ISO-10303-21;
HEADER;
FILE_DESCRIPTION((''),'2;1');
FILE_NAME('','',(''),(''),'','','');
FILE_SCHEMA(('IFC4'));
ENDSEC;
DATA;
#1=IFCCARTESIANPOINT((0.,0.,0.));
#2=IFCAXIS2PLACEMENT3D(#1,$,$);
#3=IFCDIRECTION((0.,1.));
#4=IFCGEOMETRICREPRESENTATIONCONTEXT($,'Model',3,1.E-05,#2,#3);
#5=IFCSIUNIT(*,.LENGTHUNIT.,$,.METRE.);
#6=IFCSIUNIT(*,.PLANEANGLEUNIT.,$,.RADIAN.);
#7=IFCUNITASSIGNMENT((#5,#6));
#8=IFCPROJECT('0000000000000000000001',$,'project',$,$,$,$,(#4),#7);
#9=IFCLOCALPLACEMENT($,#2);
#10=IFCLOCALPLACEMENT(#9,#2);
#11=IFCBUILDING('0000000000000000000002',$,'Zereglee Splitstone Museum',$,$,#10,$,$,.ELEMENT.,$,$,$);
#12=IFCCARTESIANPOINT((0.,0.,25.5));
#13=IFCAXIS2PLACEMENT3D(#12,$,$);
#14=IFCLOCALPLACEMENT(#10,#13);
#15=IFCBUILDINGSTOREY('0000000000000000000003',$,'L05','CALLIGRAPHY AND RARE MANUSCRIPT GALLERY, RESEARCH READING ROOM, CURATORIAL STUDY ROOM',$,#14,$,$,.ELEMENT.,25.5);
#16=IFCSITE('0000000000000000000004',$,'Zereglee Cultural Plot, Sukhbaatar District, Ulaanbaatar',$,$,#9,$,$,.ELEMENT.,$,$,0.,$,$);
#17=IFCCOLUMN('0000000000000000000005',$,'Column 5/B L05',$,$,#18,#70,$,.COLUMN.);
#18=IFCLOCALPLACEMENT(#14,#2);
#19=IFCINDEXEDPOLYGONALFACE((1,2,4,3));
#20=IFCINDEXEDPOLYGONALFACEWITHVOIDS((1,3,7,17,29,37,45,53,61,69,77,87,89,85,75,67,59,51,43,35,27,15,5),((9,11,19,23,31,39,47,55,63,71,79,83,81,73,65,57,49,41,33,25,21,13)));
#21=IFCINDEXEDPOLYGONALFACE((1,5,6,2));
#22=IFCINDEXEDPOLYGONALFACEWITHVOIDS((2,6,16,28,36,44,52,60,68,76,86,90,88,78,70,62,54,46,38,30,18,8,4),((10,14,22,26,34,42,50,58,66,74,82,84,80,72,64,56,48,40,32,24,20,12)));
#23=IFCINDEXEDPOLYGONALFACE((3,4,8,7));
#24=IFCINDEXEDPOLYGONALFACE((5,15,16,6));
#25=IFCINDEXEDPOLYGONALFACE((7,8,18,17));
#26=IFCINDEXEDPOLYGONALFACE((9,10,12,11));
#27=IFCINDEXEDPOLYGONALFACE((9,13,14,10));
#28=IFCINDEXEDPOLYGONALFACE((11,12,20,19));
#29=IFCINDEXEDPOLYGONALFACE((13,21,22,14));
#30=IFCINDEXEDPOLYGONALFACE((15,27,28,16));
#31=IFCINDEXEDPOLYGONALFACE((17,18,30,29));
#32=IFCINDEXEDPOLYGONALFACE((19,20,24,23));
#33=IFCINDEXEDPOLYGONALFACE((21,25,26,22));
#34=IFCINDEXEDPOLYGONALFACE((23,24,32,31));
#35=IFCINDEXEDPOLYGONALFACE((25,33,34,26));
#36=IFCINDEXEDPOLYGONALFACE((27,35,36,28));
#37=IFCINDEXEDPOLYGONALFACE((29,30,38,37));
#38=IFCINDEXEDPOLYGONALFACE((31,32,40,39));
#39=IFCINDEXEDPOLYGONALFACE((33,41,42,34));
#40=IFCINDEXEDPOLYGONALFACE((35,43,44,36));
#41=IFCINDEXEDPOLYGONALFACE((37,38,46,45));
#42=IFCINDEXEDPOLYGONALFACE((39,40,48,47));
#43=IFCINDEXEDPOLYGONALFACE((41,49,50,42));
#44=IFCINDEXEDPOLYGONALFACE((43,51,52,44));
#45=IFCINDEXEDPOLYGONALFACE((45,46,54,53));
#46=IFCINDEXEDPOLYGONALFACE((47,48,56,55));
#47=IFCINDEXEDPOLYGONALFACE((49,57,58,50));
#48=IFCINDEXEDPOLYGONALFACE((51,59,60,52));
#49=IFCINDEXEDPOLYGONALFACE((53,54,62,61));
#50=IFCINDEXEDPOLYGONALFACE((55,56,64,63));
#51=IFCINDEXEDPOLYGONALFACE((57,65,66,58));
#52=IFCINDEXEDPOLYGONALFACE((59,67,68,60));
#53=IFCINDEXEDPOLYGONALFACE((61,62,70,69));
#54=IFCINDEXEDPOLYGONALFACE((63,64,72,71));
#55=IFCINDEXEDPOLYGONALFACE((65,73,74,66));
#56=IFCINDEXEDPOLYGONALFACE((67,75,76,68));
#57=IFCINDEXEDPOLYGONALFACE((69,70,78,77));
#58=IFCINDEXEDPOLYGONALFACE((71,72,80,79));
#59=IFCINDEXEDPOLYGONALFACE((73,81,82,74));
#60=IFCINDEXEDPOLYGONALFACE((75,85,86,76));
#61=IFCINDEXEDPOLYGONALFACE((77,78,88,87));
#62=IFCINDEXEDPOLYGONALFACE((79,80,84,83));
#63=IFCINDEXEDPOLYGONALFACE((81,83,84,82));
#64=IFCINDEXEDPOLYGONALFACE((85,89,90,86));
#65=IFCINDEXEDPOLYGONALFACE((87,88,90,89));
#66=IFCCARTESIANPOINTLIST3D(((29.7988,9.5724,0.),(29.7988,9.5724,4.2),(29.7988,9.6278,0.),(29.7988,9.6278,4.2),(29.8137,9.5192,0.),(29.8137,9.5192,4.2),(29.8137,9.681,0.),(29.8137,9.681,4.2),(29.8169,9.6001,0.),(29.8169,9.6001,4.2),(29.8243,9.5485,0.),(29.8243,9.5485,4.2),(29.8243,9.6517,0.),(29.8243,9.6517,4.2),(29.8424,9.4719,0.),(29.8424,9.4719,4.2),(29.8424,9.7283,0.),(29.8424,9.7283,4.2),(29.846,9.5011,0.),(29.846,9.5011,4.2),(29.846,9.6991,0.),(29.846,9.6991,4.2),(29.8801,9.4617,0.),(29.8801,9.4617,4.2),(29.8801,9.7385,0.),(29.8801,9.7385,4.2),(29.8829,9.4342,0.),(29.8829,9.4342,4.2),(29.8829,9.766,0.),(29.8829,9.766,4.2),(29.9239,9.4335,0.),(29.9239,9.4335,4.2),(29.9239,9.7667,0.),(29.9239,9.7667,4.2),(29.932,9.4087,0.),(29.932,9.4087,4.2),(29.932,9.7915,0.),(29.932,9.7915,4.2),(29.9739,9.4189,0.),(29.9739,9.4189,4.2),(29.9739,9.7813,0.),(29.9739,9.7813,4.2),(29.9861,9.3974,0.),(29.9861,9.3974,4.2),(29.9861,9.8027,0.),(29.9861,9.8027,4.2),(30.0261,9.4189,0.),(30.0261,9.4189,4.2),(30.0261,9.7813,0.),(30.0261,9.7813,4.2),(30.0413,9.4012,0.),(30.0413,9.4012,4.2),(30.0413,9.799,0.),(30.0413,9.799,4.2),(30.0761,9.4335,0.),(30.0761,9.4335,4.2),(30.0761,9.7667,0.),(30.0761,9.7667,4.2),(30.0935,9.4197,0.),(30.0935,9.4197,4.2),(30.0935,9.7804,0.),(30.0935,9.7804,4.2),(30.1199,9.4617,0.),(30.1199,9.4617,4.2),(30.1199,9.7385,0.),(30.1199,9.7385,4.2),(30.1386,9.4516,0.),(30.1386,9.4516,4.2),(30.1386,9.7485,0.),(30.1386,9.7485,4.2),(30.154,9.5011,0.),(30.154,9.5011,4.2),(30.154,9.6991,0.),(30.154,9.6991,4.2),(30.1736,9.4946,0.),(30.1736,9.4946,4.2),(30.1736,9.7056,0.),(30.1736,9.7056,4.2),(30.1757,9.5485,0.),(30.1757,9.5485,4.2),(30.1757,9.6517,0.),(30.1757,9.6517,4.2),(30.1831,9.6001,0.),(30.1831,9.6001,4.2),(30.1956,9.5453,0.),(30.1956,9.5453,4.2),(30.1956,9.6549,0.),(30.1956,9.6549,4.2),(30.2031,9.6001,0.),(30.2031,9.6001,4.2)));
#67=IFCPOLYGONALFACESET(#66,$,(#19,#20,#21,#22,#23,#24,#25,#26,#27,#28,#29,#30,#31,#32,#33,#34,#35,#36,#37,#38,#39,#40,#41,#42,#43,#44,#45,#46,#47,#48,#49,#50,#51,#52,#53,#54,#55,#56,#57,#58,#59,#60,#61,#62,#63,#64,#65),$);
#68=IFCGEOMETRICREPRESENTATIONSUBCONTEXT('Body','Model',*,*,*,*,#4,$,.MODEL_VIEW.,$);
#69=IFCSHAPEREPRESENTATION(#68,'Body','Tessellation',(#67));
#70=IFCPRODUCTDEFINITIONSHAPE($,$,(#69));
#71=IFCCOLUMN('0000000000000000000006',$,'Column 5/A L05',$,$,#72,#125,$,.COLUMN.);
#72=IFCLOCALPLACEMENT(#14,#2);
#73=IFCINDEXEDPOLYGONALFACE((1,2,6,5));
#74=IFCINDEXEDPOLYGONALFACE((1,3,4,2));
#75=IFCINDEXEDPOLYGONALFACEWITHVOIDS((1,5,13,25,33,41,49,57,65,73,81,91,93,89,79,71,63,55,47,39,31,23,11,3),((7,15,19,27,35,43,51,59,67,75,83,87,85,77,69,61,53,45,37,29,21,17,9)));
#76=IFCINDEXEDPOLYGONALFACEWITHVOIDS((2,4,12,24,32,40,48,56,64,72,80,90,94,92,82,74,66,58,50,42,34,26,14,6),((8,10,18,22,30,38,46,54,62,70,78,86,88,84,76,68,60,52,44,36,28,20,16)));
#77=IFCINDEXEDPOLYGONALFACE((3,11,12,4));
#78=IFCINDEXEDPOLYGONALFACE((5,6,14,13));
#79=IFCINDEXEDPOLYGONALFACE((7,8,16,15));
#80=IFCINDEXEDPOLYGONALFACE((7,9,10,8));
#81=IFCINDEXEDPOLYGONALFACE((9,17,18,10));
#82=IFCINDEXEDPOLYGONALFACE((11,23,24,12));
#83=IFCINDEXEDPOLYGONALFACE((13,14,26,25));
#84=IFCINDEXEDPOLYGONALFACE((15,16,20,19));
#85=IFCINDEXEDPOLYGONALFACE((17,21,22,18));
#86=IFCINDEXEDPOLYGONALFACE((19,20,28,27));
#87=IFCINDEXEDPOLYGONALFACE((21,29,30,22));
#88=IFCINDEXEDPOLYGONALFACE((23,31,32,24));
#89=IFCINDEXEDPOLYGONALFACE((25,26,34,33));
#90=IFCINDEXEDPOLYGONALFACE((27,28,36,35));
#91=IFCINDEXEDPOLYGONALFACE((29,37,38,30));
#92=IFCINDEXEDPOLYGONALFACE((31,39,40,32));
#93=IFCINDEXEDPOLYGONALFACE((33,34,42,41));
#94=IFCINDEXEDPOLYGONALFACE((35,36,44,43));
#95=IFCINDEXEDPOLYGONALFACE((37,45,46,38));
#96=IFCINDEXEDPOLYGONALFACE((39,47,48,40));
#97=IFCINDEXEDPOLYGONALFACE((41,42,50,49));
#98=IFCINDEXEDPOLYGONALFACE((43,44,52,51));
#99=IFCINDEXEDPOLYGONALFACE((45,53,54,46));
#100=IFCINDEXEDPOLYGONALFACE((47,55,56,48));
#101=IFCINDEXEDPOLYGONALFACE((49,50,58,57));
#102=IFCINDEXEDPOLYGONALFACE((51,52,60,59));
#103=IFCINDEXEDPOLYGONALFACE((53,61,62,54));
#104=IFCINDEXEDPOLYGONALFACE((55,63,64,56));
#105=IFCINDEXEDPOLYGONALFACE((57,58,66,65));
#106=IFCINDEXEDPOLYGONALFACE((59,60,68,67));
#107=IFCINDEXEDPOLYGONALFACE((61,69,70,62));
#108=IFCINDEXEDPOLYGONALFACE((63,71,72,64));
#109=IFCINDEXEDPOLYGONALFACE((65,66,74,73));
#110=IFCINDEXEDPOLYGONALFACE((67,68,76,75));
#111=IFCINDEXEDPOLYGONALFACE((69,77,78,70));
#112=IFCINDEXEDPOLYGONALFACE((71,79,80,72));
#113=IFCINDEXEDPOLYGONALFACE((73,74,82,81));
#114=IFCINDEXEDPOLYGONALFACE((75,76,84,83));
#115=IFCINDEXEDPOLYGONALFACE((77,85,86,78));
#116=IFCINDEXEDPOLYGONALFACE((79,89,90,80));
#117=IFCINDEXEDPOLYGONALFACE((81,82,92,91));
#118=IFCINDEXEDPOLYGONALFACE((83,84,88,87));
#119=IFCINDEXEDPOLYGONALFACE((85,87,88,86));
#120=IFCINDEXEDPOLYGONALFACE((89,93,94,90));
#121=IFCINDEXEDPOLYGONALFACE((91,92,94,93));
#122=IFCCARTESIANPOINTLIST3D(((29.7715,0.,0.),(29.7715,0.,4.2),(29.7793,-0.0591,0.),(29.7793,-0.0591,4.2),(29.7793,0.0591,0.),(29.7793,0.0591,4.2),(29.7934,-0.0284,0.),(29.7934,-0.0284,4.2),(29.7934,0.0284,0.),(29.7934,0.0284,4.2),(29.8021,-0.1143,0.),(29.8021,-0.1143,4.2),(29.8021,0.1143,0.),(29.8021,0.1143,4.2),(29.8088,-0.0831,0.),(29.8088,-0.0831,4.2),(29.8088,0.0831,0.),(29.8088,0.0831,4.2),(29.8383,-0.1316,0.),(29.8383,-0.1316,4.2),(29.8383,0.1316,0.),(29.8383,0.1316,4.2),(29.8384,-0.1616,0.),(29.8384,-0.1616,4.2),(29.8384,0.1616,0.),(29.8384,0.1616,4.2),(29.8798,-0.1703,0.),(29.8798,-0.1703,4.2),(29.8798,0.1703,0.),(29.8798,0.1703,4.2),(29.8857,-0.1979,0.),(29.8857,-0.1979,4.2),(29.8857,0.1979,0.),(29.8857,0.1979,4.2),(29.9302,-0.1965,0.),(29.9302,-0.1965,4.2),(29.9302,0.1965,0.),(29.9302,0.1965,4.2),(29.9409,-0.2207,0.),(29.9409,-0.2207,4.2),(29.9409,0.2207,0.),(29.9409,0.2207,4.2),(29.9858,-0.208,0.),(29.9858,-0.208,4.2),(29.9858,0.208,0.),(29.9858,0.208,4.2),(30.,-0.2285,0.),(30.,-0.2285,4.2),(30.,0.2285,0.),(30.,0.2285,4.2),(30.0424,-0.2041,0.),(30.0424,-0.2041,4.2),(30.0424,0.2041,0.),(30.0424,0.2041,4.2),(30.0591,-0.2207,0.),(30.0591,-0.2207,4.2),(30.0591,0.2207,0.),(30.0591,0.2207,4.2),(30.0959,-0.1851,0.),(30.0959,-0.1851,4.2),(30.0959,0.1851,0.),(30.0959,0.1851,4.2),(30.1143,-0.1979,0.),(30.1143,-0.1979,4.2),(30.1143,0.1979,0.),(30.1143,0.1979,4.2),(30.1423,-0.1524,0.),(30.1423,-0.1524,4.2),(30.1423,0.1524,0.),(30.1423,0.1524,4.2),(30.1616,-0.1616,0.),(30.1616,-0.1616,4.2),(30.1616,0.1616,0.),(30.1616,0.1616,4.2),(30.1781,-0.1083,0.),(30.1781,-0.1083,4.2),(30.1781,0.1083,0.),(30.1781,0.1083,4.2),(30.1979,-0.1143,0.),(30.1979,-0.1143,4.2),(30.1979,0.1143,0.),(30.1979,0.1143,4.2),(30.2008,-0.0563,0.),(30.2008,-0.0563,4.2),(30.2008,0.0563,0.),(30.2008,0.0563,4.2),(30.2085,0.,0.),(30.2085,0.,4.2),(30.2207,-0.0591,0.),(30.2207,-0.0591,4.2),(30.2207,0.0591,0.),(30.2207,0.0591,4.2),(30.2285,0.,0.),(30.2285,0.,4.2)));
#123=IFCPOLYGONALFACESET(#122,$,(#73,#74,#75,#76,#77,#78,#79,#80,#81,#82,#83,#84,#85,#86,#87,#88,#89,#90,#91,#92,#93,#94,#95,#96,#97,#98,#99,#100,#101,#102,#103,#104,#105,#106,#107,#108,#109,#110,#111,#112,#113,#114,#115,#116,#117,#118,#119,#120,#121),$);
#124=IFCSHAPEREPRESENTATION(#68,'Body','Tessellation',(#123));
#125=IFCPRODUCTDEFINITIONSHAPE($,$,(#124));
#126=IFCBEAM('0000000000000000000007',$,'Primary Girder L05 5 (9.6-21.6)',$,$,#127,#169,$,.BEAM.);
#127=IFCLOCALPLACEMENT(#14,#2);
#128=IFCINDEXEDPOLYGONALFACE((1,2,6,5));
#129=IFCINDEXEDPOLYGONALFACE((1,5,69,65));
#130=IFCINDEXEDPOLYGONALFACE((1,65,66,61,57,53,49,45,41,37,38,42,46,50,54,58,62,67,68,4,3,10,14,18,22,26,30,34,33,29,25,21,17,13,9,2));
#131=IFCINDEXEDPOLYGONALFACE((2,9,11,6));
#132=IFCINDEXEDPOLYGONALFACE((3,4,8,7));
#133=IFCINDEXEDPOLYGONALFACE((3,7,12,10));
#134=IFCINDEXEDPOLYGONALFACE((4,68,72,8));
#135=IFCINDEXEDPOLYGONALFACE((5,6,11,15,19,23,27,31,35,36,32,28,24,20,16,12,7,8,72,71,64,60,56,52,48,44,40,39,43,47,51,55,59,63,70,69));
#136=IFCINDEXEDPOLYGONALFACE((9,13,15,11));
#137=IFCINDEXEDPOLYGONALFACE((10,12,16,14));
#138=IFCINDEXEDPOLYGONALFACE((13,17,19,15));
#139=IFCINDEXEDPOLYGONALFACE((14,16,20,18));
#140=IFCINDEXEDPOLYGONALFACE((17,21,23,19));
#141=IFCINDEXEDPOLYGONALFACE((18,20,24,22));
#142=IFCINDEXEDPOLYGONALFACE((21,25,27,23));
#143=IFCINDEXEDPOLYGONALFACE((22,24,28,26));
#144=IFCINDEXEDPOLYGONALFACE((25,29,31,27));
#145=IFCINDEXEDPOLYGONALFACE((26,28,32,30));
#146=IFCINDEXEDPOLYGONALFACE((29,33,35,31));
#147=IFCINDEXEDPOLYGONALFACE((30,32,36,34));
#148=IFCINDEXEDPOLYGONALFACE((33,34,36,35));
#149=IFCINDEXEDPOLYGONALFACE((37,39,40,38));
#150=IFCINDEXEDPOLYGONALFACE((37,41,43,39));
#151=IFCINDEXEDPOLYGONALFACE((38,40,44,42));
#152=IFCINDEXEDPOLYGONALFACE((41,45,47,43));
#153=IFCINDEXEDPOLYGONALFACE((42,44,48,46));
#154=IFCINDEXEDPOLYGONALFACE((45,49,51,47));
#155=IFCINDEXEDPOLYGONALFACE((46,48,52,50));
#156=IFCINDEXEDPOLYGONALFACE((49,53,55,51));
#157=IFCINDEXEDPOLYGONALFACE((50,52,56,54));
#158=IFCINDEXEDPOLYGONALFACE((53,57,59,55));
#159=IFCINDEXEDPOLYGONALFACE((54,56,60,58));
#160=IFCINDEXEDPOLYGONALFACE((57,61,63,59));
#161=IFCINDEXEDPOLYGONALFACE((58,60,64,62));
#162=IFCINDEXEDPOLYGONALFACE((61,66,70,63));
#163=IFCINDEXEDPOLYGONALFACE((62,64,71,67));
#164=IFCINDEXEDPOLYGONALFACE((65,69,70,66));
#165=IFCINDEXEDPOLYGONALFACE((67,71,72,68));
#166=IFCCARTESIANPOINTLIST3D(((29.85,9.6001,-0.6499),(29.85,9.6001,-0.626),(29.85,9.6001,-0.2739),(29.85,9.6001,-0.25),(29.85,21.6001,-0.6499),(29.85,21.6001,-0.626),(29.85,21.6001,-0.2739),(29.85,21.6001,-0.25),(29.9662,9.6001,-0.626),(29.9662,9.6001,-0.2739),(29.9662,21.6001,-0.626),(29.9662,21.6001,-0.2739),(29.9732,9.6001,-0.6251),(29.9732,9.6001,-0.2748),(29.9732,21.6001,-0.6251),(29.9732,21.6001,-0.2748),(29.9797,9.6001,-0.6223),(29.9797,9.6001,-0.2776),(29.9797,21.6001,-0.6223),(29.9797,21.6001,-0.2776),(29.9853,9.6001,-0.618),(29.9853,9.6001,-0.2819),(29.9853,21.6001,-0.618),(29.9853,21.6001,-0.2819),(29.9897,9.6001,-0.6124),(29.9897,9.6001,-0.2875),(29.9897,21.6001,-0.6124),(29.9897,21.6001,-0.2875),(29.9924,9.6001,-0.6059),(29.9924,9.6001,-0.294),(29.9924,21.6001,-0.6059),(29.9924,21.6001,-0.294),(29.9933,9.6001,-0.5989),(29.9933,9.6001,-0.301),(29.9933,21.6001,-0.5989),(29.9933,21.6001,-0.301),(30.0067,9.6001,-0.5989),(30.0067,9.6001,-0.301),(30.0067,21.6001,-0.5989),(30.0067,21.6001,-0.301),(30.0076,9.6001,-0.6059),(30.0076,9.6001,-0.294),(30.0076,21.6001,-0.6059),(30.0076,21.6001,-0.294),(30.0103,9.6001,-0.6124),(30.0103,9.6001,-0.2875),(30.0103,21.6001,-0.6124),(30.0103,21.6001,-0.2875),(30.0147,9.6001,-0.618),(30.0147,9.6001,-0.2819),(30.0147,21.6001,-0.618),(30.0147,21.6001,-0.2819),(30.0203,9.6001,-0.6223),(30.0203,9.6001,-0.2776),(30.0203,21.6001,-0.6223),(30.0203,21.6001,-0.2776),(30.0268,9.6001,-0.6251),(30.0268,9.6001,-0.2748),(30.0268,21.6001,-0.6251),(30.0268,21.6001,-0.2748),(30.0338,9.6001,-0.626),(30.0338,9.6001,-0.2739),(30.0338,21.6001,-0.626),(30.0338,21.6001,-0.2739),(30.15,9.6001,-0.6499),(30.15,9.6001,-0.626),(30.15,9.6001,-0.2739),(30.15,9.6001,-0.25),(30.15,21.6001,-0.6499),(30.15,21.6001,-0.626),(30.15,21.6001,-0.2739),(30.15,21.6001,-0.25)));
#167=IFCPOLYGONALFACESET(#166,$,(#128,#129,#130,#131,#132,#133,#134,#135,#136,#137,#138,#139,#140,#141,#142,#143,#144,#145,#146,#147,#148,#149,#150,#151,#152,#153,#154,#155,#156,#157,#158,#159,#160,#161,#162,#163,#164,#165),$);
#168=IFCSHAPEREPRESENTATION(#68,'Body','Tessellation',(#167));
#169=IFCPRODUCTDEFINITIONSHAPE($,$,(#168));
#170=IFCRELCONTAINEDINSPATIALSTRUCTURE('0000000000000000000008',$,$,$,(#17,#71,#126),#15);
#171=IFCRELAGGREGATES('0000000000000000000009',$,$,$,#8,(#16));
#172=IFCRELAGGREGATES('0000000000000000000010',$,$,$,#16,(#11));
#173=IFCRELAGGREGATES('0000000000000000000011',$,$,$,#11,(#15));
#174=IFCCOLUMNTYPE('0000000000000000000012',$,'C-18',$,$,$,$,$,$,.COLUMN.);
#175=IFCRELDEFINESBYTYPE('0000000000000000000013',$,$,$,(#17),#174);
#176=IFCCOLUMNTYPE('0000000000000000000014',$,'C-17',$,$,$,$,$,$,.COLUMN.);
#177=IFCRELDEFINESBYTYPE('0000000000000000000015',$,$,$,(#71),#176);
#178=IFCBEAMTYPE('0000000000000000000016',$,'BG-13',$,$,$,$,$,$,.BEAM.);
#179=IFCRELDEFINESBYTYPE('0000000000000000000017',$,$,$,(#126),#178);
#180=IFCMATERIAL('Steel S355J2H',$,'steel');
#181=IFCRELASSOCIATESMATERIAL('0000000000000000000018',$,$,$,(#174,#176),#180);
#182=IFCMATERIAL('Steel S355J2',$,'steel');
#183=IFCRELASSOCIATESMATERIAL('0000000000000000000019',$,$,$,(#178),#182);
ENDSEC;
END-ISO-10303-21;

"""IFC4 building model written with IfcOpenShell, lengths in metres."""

from ifc_helpers import new_model, si_unit, direction, frame, origin, origin_2d, place, context, subcontext, project, spatial, hollow_circle, i_section, extrude, material, material_profile, profile_set, type_object, element, save


model = new_model("IFC4")

# Units and contexts
model_context = context("Model", 3, precision=1e-05, world=origin(), true_north=direction((0.0, 1.0)))
body_context = subcontext(model_context, "Body", "Model", "MODEL_VIEW")
ifc_project = project(units=[si_unit("LENGTHUNIT", "METRE"), si_unit("PLANEANGLEUNIT", "RADIAN")], contexts=[model_context])

# Site, building, storey
site_placement = place(None, origin())
site = spatial("IfcSite", under=ifc_project, at=site_placement, Name="Zereglee Cultural Plot, Sukhbaatar District, Ulaanbaatar", CompositionType="ELEMENT", RefElevation=0.0)
building_placement = place(site_placement, origin())
building = spatial("IfcBuilding", under=site, at=building_placement, Name="Zereglee Splitstone Museum", CompositionType="ELEMENT")
storey_placement = place(building_placement, frame((0.0, 0.0, 25.5)))
storey = spatial("IfcBuildingStorey", under=building, at=storey_placement, Name="L05", Description="CALLIGRAPHY AND RARE MANUSCRIPT GALLERY, RESEARCH READING ROOM, CURATORIAL STUDY ROOM", CompositionType="ELEMENT", Elevation=25.5)

# Columns
ifc_material_1 = material(Name="Steel S355J2H", Category="steel")
ifc_material_profile_1 = material_profile(ifc_material_1, hollow_circle(Radius=0.2031, WallThickness=0.02, at=origin_2d()), Name="CHS 406.4x20")
ifc_profile_set_1 = profile_set([ifc_material_profile_1], Name="Steel S355J2H")
column_type_1 = type_object("IfcColumnType", Name="C-18", PredefinedType="COLUMN", material=ifc_profile_set_1)
column_1_placement = place(storey_placement, frame((30.0, 9.6001, 0.0), z_axis=(0.0, 0.0, 1.0), x_axis=(1.0, 0.0, 0.0)))
element("IfcColumn", 1, at=column_1_placement, inside=storey, type_object=column_type_1, Name="Column 5/B L05", PredefinedType="COLUMN", context=body_context, shape_type="SweptSolid", body=[
    extrude(hollow_circle(Radius=0.2031, WallThickness=0.02, at=origin_2d()), origin(), (0.0, 0.0, 1.0), 4.2),
])
ifc_material_profile_2 = material_profile(ifc_material_1, hollow_circle(Radius=0.2285, WallThickness=0.02, at=origin_2d()), Name="CHS 457.0x20")
ifc_profile_set_2 = profile_set([ifc_material_profile_2], Name="Steel S355J2H")
column_type_2 = type_object("IfcColumnType", Name="C-17", PredefinedType="COLUMN", material=ifc_profile_set_2)
column_2_placement = place(storey_placement, frame((30.0, 0.0, 0.0), z_axis=(0.0, 0.0, 1.0), x_axis=(1.0, 0.0, 0.0)))
element("IfcColumn", 2, at=column_2_placement, inside=storey, type_object=column_type_2, Name="Column 5/A L05", PredefinedType="COLUMN", context=body_context, shape_type="SweptSolid", body=[
    extrude(hollow_circle(Radius=0.2285, WallThickness=0.02, at=origin_2d()), origin(), (0.0, 0.0, 1.0), 4.2),
])

# Beam
ifc_material_2 = material(Name="Steel S355J2", Category="steel")
ifc_material_profile_3 = material_profile(ifc_material_2, i_section(OverallWidth=0.3, OverallDepth=0.3999, WebThickness=0.0134, FlangeThickness=0.0239, FilletRadius=0.0271, at=origin_2d()), Name="HE 400 B")
ifc_profile_set_3 = profile_set([ifc_material_profile_3], Name="Steel S355J2")
beam_type_1 = type_object("IfcBeamType", Name="BG-13", PredefinedType="BEAM", material=ifc_profile_set_3)
beam_1_placement = place(storey_placement, frame((30.0, 9.6001, -0.45), z_axis=(0.0, 1.0, 0.0), x_axis=(-1.0, 0.0, 0.0)))
element("IfcBeam", 3, at=beam_1_placement, inside=storey, type_object=beam_type_1, Name="Primary Girder L05 5 (9.6-21.6)", PredefinedType="BEAM", context=body_context, shape_type="SweptSolid", body=[
    extrude(i_section(OverallWidth=0.3, OverallDepth=0.3999, WebThickness=0.0134, FlangeThickness=0.0239, FilletRadius=0.0271, at=origin_2d()), origin(), (0.0, 0.0, 1.0), 12.0),
])

save(model, "model.ifc")
